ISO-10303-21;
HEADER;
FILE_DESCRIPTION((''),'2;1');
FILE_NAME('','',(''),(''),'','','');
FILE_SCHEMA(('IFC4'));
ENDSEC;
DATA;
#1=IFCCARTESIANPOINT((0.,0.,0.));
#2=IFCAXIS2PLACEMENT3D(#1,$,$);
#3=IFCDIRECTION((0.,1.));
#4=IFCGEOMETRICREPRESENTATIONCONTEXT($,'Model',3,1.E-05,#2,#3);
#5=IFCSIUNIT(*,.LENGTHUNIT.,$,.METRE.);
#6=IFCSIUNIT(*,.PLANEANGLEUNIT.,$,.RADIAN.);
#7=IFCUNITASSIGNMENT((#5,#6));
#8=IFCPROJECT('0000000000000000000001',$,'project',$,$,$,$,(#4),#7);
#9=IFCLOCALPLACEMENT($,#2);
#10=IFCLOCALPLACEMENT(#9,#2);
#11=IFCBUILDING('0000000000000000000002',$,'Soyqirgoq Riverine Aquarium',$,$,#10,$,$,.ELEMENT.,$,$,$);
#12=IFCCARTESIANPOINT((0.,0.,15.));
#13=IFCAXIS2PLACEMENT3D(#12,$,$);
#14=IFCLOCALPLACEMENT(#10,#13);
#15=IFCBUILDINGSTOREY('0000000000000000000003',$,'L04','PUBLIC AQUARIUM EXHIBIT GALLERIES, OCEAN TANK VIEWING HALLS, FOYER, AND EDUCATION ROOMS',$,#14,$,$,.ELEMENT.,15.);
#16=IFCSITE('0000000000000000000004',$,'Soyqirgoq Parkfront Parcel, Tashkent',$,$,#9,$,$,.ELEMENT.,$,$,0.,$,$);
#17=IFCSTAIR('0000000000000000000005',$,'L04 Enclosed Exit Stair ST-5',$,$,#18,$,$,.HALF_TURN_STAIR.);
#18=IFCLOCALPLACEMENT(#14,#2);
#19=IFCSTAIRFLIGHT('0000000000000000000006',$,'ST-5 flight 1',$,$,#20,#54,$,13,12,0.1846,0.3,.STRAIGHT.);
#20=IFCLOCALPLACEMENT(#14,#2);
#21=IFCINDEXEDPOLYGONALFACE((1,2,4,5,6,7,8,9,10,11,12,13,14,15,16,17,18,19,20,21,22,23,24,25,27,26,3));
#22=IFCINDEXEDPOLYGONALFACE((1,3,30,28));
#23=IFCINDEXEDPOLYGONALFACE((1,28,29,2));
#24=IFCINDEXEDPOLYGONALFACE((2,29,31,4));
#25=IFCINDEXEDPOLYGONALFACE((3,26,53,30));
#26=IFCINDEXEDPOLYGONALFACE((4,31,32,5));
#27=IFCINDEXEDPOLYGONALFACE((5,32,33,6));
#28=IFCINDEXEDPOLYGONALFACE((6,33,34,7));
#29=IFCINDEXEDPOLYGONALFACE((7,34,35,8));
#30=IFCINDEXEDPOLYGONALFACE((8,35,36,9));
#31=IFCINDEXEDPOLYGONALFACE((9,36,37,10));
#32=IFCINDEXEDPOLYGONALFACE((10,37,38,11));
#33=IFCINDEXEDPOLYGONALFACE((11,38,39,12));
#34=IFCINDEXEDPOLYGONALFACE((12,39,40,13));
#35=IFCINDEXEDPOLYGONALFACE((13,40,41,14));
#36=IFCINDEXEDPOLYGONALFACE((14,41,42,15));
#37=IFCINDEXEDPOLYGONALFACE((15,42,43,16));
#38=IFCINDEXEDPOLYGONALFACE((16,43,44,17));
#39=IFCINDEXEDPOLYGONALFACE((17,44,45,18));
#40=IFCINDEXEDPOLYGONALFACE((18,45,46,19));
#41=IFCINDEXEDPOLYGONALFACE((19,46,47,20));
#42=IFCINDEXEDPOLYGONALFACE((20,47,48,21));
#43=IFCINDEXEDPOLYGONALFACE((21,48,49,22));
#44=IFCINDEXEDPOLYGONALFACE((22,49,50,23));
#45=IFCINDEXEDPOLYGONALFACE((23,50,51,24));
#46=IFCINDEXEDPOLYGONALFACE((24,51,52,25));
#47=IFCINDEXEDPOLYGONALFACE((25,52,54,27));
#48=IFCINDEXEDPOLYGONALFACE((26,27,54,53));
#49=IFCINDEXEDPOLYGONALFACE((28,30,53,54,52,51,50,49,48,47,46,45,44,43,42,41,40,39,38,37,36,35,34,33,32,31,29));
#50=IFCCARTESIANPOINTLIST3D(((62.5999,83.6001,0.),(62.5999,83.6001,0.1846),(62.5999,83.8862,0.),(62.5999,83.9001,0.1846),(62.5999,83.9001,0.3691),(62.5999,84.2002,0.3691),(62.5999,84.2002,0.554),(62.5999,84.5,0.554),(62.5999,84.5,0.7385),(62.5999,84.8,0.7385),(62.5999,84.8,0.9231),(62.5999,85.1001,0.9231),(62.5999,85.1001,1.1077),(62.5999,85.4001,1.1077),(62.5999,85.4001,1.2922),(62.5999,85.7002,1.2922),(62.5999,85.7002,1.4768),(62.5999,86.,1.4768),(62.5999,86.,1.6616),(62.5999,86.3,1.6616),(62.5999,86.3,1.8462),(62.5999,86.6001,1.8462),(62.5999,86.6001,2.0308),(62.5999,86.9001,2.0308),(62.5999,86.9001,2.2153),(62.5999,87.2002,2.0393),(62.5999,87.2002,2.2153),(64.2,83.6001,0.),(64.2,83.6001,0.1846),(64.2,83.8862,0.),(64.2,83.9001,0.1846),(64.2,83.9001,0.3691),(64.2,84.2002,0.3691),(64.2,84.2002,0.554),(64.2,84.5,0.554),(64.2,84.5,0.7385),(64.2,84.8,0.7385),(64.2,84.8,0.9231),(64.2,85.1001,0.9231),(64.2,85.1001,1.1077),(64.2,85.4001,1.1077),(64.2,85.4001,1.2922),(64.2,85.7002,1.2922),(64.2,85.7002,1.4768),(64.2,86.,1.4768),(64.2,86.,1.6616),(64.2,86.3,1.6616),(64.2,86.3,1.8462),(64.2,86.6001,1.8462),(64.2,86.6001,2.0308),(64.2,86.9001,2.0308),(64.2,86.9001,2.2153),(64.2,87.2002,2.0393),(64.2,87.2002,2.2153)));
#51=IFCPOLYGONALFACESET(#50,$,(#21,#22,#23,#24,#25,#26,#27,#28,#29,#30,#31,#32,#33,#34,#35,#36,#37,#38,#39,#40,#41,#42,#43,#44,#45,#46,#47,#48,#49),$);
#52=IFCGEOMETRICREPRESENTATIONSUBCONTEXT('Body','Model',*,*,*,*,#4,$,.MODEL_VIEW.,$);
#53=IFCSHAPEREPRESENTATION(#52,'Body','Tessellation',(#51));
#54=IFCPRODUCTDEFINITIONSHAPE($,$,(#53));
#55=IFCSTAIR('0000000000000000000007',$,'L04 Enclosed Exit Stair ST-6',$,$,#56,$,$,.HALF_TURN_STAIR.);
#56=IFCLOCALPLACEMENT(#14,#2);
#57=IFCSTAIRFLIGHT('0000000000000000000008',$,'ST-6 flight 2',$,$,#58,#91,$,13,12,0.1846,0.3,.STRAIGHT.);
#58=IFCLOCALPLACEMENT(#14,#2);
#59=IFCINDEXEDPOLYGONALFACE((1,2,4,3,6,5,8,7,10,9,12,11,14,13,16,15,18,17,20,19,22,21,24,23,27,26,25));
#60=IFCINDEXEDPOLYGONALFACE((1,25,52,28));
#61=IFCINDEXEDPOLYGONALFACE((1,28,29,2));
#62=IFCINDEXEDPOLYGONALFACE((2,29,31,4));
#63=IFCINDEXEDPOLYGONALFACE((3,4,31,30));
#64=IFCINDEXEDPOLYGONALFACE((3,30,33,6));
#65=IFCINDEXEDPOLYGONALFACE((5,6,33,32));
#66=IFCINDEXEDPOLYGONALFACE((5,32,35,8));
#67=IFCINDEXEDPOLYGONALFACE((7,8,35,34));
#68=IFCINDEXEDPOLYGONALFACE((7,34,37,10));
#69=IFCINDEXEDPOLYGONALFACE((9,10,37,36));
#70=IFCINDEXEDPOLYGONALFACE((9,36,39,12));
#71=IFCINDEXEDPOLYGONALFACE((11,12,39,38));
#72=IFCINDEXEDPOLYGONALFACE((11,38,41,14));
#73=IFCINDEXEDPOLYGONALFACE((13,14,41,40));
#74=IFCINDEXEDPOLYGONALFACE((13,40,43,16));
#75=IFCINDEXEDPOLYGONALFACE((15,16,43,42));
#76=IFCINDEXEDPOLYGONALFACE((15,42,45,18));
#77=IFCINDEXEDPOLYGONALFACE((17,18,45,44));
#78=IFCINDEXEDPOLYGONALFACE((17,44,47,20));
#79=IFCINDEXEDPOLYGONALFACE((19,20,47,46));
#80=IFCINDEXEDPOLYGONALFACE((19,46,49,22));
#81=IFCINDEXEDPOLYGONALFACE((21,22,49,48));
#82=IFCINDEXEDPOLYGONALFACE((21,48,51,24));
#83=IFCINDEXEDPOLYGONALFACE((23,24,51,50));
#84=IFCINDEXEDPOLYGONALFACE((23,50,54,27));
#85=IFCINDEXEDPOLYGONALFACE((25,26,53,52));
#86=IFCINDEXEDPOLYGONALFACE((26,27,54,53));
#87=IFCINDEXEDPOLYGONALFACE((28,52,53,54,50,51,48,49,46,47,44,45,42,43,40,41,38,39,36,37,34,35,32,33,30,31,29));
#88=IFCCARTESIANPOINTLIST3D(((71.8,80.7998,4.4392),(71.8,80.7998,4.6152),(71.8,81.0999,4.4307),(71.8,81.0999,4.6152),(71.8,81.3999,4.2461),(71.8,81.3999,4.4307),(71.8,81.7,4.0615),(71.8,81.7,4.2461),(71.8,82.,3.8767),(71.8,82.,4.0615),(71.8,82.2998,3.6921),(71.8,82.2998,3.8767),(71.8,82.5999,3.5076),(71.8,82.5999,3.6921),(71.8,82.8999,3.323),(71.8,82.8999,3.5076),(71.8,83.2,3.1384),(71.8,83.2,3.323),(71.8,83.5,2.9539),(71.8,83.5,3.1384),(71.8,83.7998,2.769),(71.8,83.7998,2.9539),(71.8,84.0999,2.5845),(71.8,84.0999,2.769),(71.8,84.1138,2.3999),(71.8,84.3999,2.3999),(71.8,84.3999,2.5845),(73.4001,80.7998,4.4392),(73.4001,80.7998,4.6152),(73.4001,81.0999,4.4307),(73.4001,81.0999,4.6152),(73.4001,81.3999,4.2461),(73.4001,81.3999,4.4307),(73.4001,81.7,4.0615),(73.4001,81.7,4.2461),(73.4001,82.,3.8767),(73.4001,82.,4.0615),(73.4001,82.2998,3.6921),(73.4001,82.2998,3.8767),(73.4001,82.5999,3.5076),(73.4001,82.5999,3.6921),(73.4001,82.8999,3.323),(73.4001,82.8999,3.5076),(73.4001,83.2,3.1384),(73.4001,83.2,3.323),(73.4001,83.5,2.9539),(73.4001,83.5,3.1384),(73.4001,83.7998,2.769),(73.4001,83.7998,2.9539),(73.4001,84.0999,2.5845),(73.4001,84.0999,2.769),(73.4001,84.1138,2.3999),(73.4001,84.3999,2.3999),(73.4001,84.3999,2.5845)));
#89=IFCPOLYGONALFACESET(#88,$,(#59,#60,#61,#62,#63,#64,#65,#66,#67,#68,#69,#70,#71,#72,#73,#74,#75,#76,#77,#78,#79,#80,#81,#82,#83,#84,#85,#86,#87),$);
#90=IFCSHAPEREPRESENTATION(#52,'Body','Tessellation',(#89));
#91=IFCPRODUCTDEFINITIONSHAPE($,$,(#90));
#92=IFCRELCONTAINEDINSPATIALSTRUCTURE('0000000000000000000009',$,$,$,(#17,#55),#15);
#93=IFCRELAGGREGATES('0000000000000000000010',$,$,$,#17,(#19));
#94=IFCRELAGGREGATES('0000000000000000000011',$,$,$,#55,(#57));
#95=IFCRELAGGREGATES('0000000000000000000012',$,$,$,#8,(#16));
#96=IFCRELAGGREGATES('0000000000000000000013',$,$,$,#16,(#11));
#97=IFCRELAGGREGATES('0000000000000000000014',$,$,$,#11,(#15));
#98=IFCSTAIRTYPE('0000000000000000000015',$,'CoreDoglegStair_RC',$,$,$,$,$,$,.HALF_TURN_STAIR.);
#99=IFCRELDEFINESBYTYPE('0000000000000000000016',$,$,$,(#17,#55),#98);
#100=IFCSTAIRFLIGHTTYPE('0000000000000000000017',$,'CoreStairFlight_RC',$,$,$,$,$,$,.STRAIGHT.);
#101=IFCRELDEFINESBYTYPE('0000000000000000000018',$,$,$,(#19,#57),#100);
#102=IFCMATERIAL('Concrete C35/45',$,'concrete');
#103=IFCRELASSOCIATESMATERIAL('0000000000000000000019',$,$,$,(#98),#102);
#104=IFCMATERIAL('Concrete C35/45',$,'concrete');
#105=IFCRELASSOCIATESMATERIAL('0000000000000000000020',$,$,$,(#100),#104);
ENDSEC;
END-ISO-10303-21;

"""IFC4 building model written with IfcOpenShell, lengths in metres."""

from ifc_helpers import new_model, si_unit, direction, frame, origin, place, context, subcontext, project, spatial, polyline, outline, extrude, material, type_object, element, aggregate, save


model = new_model("IFC4")

# Units and contexts
model_context = context("Model", 3, precision=1e-05, world=origin(), true_north=direction((0.0, 1.0)))
body_context = subcontext(model_context, "Body", "Model", "MODEL_VIEW")
ifc_project = project(units=[si_unit("LENGTHUNIT", "METRE"), si_unit("PLANEANGLEUNIT", "RADIAN")], contexts=[model_context])

# Site, building, storey
site_placement = place(None, origin())
site = spatial("IfcSite", under=ifc_project, at=site_placement, Name="Soyqirgoq Parkfront Parcel, Tashkent", CompositionType="ELEMENT", RefElevation=0.0)
building_placement = place(site_placement, origin())
building = spatial("IfcBuilding", under=site, at=building_placement, Name="Soyqirgoq Riverine Aquarium", CompositionType="ELEMENT")
storey_placement = place(building_placement, frame((0.0, 0.0, 15.0)))
storey = spatial("IfcBuildingStorey", under=building, at=storey_placement, Name="L04", Description="PUBLIC AQUARIUM EXHIBIT GALLERIES, OCEAN TANK VIEWING HALLS, FOYER, AND EDUCATION ROOMS", CompositionType="ELEMENT", Elevation=15.0)

# Stairs, stair flights
ifc_material_1 = material(Name="Concrete C35/45", Category="concrete")
stair_type = type_object("IfcStairType", Name="CoreDoglegStair_RC", PredefinedType="HALF_TURN_STAIR", material=ifc_material_1)
stair_1_placement = place(storey_placement, origin())
stair_1 = element("IfcStair", 1, at=stair_1_placement, inside=storey, type_object=stair_type, Name="L04 Enclosed Exit Stair ST-5", PredefinedType="HALF_TURN_STAIR")
ifc_material_2 = material(Name="Concrete C35/45", Category="concrete")
stair_flight_type = type_object("IfcStairFlightType", Name="CoreStairFlight_RC", PredefinedType="STRAIGHT", material=ifc_material_2)
stair_flight_1_placement = place(storey_placement, frame((63.3999, 83.6001, 0.0), z_axis=(0.0, 0.0, 1.0), x_axis=(0.0, 1.0, 0.0)))
stair_flight_1 = element("IfcStairFlight", 2, at=stair_flight_1_placement, type_object=stair_flight_type, Name="ST-5 flight 1", NumberOfRisers=13, NumberOfTreads=12, PredefinedType="STRAIGHT", RiserHeight=0.1846, TreadLength=0.3, context=body_context, shape_type="SweptSolid", body=[
    extrude(outline(polyline([(0.0, 0.0), (0.0, 0.1846), (0.3, 0.1846), (0.3, 0.3691), (0.6001, 0.3691), (0.6001, 0.554), (0.8999, 0.554), (0.8999, 0.7385), (1.2, 0.7385), (1.2, 0.9231), (1.5, 0.9231), (1.5, 1.1077), (1.8, 1.1077), (1.8, 1.2922), (2.1001, 1.2922), (2.1001, 1.4768), (2.3999, 1.4768), (2.3999, 1.6616), (2.7, 1.6616), (2.7, 1.8462), (3.0, 1.8462), (3.0, 2.0308), (3.3, 2.0308), (3.3, 2.2153), (3.6001, 2.2153), (3.6001, 2.3999), (3.6001, 2.0393), (0.2861, 0.0), (0.0, 0.0)])), frame((0.0, 0.8, 0.0), z_axis=(0.0, -1.0, 0.0), x_axis=(1.0, 0.0, 0.0)), (0.0, 0.0, 1.0), 1.6001),
])
aggregate(stair_1, [stair_flight_1])
stair_2_placement = place(storey_placement, origin())
stair_2 = element("IfcStair", 3, at=stair_2_placement, inside=storey, type_object=stair_type, Name="L04 Enclosed Exit Stair ST-6", PredefinedType="HALF_TURN_STAIR")
stair_flight_2_placement = place(storey_placement, frame((72.6001, 84.3999, 2.3999), z_axis=(0.0, 0.0, 1.0), x_axis=(0.0, -1.0, 0.0)))
stair_flight_2 = element("IfcStairFlight", 4, at=stair_flight_2_placement, type_object=stair_flight_type, Name="ST-6 flight 2", NumberOfRisers=13, NumberOfTreads=12, PredefinedType="STRAIGHT", RiserHeight=0.1846, TreadLength=0.3, context=body_context, shape_type="SweptSolid", body=[
    extrude(outline(polyline([(0.0, 0.0), (0.0, 0.1846), (0.3, 0.1846), (0.3, 0.3691), (0.6001, 0.3691), (0.6001, 0.554), (0.8999, 0.554), (0.8999, 0.7385), (1.2, 0.7385), (1.2, 0.9231), (1.5, 0.9231), (1.5, 1.1077), (1.8, 1.1077), (1.8, 1.2922), (2.1001, 1.2922), (2.1001, 1.4768), (2.3999, 1.4768), (2.3999, 1.6616), (2.7, 1.6616), (2.7, 1.8462), (3.0, 1.8462), (3.0, 2.0308), (3.3, 2.0308), (3.3, 2.2153), (3.6001, 2.2153), (3.6001, 2.3999), (3.6001, 2.0393), (0.2861, 0.0), (0.0, 0.0)])), frame((0.0, 0.8, 0.0), z_axis=(0.0, -1.0, 0.0), x_axis=(1.0, 0.0, 0.0)), (0.0, 0.0, 1.0), 1.6001),
])
aggregate(stair_2, [stair_flight_2])

save(model, "model.ifc")
